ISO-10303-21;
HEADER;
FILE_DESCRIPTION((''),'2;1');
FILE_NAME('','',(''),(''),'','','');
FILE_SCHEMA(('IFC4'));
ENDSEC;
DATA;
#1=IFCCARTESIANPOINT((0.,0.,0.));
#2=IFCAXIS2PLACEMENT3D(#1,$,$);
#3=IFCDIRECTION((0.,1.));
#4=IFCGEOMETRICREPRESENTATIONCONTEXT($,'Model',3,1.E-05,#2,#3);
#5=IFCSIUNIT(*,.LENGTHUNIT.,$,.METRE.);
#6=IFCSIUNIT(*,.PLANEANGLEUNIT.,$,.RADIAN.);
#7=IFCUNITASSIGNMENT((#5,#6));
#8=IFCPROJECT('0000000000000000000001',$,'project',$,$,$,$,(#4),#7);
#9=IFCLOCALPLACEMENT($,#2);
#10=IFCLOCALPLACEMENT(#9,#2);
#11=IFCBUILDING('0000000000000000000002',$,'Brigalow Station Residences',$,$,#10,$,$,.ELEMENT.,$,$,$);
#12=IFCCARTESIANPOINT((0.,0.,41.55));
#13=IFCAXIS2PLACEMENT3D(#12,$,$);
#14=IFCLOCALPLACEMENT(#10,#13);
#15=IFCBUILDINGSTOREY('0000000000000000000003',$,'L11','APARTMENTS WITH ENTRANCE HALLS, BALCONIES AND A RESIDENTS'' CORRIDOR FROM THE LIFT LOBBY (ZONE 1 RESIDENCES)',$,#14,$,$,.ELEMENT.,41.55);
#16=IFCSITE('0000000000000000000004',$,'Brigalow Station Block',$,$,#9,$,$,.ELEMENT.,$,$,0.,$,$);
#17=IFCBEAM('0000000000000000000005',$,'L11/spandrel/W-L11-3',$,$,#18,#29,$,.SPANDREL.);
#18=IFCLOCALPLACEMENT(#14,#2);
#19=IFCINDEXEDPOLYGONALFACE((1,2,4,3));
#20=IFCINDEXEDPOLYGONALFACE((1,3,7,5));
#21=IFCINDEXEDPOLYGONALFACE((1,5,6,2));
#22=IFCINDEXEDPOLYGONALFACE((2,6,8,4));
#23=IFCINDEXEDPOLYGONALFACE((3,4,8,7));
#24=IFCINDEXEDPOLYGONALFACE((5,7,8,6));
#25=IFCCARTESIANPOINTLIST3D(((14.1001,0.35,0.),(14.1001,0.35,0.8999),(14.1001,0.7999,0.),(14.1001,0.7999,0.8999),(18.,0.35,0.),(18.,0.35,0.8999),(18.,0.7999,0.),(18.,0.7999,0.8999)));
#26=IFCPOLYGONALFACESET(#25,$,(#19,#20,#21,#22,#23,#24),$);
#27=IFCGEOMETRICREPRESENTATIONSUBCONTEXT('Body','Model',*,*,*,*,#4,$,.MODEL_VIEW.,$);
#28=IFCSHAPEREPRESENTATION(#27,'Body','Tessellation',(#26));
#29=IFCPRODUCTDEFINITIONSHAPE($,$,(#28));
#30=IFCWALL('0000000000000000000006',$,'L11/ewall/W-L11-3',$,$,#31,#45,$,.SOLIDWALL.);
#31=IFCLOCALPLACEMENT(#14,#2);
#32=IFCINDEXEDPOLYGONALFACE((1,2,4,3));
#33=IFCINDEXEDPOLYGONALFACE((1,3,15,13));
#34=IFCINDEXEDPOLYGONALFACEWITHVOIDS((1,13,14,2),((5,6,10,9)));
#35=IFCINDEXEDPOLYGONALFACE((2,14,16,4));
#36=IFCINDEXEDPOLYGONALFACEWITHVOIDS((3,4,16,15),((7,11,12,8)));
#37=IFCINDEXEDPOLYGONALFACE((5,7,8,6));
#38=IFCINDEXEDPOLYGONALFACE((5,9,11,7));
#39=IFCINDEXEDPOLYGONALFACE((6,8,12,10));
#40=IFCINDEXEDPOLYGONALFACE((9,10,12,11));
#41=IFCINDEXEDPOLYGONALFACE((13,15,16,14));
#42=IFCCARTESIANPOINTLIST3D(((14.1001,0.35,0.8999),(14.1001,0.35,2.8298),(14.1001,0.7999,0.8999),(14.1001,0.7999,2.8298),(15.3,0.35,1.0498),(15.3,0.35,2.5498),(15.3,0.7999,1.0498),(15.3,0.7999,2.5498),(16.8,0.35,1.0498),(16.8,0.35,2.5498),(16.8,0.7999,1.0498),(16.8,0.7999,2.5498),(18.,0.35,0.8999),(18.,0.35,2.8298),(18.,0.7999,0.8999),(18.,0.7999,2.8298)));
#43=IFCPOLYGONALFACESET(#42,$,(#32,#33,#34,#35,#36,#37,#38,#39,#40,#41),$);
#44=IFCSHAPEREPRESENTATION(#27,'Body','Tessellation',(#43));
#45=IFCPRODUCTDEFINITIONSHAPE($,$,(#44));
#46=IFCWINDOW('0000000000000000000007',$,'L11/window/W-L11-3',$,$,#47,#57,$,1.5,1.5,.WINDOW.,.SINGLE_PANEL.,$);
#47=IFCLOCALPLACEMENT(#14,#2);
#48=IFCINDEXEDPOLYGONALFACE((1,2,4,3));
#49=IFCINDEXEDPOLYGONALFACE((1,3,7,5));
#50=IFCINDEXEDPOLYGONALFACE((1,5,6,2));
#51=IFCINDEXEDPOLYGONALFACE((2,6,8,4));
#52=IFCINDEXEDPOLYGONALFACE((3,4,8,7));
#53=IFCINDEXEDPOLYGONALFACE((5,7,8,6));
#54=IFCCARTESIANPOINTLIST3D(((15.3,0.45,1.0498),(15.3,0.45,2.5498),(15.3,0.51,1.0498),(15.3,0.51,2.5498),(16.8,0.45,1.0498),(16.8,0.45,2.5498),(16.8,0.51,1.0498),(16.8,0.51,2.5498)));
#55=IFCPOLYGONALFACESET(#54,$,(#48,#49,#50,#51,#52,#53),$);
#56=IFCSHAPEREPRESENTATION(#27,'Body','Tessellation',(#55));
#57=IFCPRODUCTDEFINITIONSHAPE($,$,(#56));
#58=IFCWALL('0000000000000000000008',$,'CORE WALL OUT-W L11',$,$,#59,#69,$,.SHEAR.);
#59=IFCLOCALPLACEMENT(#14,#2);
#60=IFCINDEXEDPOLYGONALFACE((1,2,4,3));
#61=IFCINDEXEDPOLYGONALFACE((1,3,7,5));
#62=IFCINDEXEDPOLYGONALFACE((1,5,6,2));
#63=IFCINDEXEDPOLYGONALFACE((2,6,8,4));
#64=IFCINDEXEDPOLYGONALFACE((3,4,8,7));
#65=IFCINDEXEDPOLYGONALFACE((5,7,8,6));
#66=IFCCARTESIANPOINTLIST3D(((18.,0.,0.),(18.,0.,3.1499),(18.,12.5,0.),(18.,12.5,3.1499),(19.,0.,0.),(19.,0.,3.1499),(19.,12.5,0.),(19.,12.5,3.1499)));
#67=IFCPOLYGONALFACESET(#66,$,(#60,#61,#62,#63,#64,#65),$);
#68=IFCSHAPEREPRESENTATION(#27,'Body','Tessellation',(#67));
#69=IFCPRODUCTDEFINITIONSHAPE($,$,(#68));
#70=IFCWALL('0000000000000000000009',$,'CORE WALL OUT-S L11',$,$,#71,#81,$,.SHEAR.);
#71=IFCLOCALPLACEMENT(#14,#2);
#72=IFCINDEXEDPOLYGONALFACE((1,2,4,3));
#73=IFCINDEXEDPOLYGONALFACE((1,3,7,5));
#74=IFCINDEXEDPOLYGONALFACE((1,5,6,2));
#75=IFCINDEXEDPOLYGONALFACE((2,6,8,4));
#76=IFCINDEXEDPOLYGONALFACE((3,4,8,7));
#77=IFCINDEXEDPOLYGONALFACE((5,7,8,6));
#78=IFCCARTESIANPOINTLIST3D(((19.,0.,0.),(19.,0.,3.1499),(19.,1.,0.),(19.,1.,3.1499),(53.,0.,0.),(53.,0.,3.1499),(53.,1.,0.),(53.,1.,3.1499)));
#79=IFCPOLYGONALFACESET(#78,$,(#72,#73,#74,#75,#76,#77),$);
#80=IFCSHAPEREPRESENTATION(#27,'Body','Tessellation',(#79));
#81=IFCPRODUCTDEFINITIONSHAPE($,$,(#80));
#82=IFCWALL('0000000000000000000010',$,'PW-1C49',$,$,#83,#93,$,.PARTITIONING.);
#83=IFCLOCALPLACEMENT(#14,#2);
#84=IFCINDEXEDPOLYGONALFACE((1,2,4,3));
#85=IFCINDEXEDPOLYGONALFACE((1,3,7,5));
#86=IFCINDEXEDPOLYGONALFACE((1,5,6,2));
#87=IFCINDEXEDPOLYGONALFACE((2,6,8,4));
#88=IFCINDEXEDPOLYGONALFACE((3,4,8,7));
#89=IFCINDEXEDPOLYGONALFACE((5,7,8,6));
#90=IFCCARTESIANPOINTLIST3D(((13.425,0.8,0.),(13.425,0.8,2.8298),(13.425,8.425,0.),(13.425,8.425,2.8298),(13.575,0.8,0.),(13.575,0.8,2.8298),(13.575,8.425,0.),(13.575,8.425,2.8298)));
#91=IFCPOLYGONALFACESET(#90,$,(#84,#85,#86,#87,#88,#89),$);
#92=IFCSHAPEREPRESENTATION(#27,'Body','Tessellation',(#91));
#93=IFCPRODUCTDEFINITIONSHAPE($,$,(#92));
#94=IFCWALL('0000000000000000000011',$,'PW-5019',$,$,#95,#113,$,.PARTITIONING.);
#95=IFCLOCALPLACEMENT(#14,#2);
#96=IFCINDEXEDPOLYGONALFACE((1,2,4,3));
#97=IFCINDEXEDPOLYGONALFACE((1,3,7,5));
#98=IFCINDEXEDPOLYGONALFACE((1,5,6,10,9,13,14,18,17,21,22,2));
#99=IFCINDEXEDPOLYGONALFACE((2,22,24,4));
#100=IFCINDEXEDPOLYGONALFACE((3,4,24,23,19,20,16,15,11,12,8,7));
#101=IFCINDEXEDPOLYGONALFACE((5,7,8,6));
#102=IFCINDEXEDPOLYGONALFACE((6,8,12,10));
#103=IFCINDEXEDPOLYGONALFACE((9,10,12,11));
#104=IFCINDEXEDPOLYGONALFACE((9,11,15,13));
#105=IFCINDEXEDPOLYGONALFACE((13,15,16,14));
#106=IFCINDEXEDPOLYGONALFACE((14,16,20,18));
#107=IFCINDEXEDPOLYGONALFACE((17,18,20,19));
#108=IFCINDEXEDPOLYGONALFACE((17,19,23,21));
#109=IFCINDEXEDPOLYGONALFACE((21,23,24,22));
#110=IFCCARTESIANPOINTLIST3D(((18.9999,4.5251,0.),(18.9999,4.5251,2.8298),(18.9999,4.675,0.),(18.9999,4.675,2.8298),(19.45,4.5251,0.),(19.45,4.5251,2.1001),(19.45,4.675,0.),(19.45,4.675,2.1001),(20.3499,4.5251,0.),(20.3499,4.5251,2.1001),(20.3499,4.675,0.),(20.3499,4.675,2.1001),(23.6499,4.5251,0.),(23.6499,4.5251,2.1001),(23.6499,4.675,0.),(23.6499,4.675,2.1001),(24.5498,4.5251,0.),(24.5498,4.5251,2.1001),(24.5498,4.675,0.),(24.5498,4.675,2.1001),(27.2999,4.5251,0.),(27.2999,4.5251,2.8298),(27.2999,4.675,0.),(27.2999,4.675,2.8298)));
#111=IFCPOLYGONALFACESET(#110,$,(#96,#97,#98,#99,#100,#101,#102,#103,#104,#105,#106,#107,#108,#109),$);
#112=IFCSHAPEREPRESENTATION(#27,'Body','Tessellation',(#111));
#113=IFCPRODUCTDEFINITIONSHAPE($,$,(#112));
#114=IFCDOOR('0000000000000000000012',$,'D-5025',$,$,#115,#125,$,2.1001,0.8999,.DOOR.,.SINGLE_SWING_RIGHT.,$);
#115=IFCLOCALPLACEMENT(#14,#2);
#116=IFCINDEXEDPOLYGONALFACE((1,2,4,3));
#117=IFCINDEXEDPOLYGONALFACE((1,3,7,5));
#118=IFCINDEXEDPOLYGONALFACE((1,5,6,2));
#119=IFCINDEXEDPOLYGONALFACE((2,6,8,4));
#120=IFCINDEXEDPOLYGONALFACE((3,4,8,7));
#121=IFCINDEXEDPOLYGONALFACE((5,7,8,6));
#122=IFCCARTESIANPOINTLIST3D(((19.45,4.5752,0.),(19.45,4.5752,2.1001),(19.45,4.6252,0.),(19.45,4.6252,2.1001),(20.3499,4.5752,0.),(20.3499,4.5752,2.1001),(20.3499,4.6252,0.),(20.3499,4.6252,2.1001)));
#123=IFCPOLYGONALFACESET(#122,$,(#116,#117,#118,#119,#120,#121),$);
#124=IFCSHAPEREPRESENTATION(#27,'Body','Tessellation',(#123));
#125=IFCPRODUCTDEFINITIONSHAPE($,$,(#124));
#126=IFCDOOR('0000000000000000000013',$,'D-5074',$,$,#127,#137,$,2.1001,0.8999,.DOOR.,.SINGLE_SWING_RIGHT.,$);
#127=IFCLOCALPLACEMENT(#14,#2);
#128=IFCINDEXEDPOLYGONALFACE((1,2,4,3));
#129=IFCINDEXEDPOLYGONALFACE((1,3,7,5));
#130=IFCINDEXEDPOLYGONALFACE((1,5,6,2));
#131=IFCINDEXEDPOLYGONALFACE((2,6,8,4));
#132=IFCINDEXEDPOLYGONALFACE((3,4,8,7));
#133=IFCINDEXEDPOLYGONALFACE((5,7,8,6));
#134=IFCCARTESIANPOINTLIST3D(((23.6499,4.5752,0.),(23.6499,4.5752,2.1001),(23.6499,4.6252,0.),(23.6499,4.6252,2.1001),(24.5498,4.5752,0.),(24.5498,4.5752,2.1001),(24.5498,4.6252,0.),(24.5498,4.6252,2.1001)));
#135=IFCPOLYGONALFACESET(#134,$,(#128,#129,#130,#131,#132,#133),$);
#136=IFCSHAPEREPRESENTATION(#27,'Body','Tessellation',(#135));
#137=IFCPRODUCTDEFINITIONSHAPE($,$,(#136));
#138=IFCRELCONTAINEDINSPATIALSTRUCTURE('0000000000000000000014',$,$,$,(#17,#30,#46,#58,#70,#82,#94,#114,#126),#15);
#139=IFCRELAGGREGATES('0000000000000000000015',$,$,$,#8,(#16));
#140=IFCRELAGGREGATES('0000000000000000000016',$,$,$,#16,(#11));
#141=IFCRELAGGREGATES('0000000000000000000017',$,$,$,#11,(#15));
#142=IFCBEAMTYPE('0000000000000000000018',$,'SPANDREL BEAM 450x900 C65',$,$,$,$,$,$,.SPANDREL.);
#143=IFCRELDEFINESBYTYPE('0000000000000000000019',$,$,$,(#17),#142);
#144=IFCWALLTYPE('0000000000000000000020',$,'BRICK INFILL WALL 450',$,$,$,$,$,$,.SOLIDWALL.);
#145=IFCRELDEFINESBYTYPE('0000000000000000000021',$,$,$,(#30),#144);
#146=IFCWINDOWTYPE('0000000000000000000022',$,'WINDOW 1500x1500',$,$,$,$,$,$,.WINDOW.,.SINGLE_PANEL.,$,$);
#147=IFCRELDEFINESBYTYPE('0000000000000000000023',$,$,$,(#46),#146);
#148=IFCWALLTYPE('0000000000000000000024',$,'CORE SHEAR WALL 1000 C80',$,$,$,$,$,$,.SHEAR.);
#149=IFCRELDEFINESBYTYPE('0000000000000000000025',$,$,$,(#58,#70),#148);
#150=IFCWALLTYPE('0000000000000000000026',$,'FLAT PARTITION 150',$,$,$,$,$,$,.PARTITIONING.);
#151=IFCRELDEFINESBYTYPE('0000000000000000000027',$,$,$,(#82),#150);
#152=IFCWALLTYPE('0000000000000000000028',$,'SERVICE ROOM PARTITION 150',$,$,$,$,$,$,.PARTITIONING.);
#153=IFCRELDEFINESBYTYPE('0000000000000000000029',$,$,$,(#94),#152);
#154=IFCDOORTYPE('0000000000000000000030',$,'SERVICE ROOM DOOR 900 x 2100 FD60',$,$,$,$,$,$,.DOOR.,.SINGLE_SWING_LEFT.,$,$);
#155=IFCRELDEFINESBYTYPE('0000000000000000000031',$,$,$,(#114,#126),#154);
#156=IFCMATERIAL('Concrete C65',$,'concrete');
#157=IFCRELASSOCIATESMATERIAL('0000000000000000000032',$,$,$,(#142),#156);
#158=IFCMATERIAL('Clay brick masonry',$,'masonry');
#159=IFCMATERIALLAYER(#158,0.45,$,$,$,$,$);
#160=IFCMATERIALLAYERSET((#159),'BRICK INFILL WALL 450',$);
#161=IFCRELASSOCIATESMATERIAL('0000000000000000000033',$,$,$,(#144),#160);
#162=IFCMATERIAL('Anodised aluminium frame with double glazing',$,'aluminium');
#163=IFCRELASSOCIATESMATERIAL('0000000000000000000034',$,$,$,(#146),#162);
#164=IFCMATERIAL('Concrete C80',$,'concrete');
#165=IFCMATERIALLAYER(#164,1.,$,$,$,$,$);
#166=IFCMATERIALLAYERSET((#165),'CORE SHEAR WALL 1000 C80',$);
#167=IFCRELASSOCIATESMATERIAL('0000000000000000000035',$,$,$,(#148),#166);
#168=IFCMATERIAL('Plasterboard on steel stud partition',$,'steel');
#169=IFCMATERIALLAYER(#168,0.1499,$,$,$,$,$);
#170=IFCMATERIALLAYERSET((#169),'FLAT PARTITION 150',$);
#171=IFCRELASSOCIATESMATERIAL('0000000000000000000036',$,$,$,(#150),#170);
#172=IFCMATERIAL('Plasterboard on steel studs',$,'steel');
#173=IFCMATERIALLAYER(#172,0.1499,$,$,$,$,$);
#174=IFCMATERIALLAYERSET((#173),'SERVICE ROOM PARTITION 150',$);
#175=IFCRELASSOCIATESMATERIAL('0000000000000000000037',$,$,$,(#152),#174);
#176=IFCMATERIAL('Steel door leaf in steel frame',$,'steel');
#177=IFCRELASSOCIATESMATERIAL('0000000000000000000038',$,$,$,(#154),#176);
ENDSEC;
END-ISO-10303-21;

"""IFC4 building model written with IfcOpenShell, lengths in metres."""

from ifc_helpers import new_model, si_unit, direction, frame, frame_2d, origin, origin_2d, place, context, subcontext, project, spatial, rectangle, extrude, material, layer, layer_set, material_profile, profile_set, type_object, element, fill, save


model = new_model("IFC4")

# Units and contexts
model_context = context("Model", 3, precision=1e-05, world=origin(), true_north=direction((0.0, 1.0)))
body_context = subcontext(model_context, "Body", "Model", "MODEL_VIEW")
ifc_project = project(units=[si_unit("LENGTHUNIT", "METRE"), si_unit("PLANEANGLEUNIT", "RADIAN")], contexts=[model_context])

# Site, building, storey
site_placement = place(None, origin())
site = spatial("IfcSite", under=ifc_project, at=site_placement, Name="Brigalow Station Block", CompositionType="ELEMENT", RefElevation=0.0)
building_placement = place(site_placement, origin())
building = spatial("IfcBuilding", under=site, at=building_placement, Name="Brigalow Station Residences", CompositionType="ELEMENT")
storey_placement = place(building_placement, frame((0.0, 0.0, 41.55)))
storey = spatial("IfcBuildingStorey", under=building, at=storey_placement, Name="L11", Description="APARTMENTS WITH ENTRANCE HALLS, BALCONIES AND A RESIDENTS' CORRIDOR FROM THE LIFT LOBBY (ZONE 1 RESIDENCES)", CompositionType="ELEMENT", Elevation=41.55)

# Beam
ifc_material_1 = material(Name="Concrete C65", Category="concrete")
ifc_material_profile = material_profile(ifc_material_1, rectangle(XDim=0.45, YDim=0.8999, at=origin_2d()), Name="RC450x900")
ifc_profile_set = profile_set([ifc_material_profile], Name="Concrete C65")
beam_type = type_object("IfcBeamType", Name="SPANDREL BEAM 450x900 C65", PredefinedType="SPANDREL", material=ifc_profile_set)
beam_placement = place(storey_placement, frame((14.1001, 0.575, 0.45), z_axis=(1.0, 0.0, 0.0), x_axis=(0.0, 1.0, 0.0)))
element("IfcBeam", 1, at=beam_placement, inside=storey, type_object=beam_type, Name="L11/spandrel/W-L11-3", PredefinedType="SPANDREL", context=body_context, shape_type="SweptSolid", body=[
    extrude(rectangle(XDim=0.45, YDim=0.8999, at=origin_2d()), origin(), (0.0, 0.0, 1.0), 3.8999),
])

# Wall, opening, window
ifc_material_2 = material(Name="Clay brick masonry", Category="masonry")
ifc_layer_1 = layer(ifc_material_2, 0.45)
ifc_layer_set_1 = layer_set([ifc_layer_1], Name="BRICK INFILL WALL 450")
wall_type_1 = type_object("IfcWallType", Name="BRICK INFILL WALL 450", PredefinedType="SOLIDWALL", material=ifc_layer_set_1)
wall_1_placement = place(storey_placement, frame((14.1001, 0.575, 0.8999), z_axis=(0.0, 0.0, 1.0), x_axis=(1.0, 0.0, 0.0)))
wall_1 = element("IfcWall", 2, at=wall_1_placement, inside=storey, type_object=wall_type_1, Name="L11/ewall/W-L11-3", PredefinedType="SOLIDWALL", context=body_context, shape_type="SweptSolid", body=[
    extrude(rectangle(XDim=3.8999, YDim=0.45, at=frame_2d((1.95, 0.0))), origin(), (0.0, 0.0, 1.0), 1.9299),
])
opening_1_placement = place(wall_1_placement, frame((1.2, 0.0, 0.1499)))
opening_1 = element("IfcOpeningElement", 3, at=opening_1_placement, cuts=wall_1, PredefinedType="OPENING", context=body_context, shape_type="SweptSolid", body=[
    extrude(rectangle(XDim=1.5, YDim=1.5, at=frame_2d((0.75, 0.75))), frame((0.0, 0.2349, 0.0), z_axis=(0.0, -1.0, 0.0), x_axis=(1.0, 0.0, 0.0)), (0.0, 0.0, 1.0), 0.47),
])
ifc_material_3 = material(Name="Anodised aluminium frame with double glazing", Category="aluminium")
window_type = type_object("IfcWindowType", Name="WINDOW 1500x1500", PartitioningType="SINGLE_PANEL", PredefinedType="WINDOW", material=ifc_material_3)
window_placement = place(opening_1_placement, origin())
window = element("IfcWindow", 4, at=window_placement, inside=storey, type_object=window_type, Name="L11/window/W-L11-3", OverallHeight=1.5, OverallWidth=1.5, PartitioningType="SINGLE_PANEL", PredefinedType="WINDOW", context=body_context, shape_type="SweptSolid", body=[
    extrude(rectangle(XDim=1.5, YDim=1.5, at=frame_2d((0.75, 0.75))), frame((0.0, -0.0649, 0.0), z_axis=(0.0, -1.0, 0.0), x_axis=(1.0, 0.0, 0.0)), (0.0, 0.0, 1.0), 0.0601),
])
fill(opening_1, window)

# Walls
ifc_material_4 = material(Name="Concrete C80", Category="concrete")
ifc_layer_2 = layer(ifc_material_4, 1.0)
ifc_layer_set_2 = layer_set([ifc_layer_2], Name="CORE SHEAR WALL 1000 C80")
wall_type_2 = type_object("IfcWallType", Name="CORE SHEAR WALL 1000 C80", PredefinedType="SHEAR", material=ifc_layer_set_2)
wall_2_placement = place(storey_placement, frame((18.5, 0.0, 0.0), z_axis=(0.0, 0.0, 1.0), x_axis=(0.0, 1.0, 0.0)))
element("IfcWall", 5, at=wall_2_placement, inside=storey, type_object=wall_type_2, Name="CORE WALL OUT-W L11", PredefinedType="SHEAR", context=body_context, shape_type="SweptSolid", body=[
    extrude(rectangle(XDim=12.5, YDim=1.0, at=frame_2d((6.25, 0.0))), origin(), (0.0, 0.0, 1.0), 3.1499),
])
wall_3_placement = place(storey_placement, frame((19.0, 0.5, 0.0), z_axis=(0.0, 0.0, 1.0), x_axis=(1.0, 0.0, 0.0)))
element("IfcWall", 6, at=wall_3_placement, inside=storey, type_object=wall_type_2, Name="CORE WALL OUT-S L11", PredefinedType="SHEAR", context=body_context, shape_type="SweptSolid", body=[
    extrude(rectangle(XDim=34.0, YDim=1.0, at=frame_2d((17.0, 0.0))), origin(), (0.0, 0.0, 1.0), 3.1499),
])
ifc_material_5 = material(Name="Plasterboard on steel stud partition", Category="steel")
ifc_layer_3 = layer(ifc_material_5, 0.1499)
ifc_layer_set_3 = layer_set([ifc_layer_3], Name="FLAT PARTITION 150")
wall_type_3 = type_object("IfcWallType", Name="FLAT PARTITION 150", PredefinedType="PARTITIONING", material=ifc_layer_set_3)
wall_4_placement = place(storey_placement, frame((13.5, 0.8, 0.0), z_axis=(0.0, 0.0, 1.0), x_axis=(0.0, 1.0, 0.0)))
element("IfcWall", 7, at=wall_4_placement, inside=storey, type_object=wall_type_3, Name="PW-1C49", PredefinedType="PARTITIONING", context=body_context, shape_type="SweptSolid", body=[
    extrude(rectangle(XDim=7.625, YDim=0.1499, at=frame_2d((3.8125, 0.0))), origin(), (0.0, 0.0, 1.0), 2.8298),
])

# Wall, openings, doors
ifc_material_6 = material(Name="Plasterboard on steel studs", Category="steel")
ifc_layer_4 = layer(ifc_material_6, 0.1499)
ifc_layer_set_4 = layer_set([ifc_layer_4], Name="SERVICE ROOM PARTITION 150")
wall_type_4 = type_object("IfcWallType", Name="SERVICE ROOM PARTITION 150", PredefinedType="PARTITIONING", material=ifc_layer_set_4)
wall_5_placement = place(storey_placement, frame((19.0, 4.6001, 0.0), z_axis=(0.0, 0.0, 1.0), x_axis=(1.0, 0.0, 0.0)))
wall_5 = element("IfcWall", 8, at=wall_5_placement, inside=storey, type_object=wall_type_4, Name="PW-5019", PredefinedType="PARTITIONING", context=body_context, shape_type="SweptSolid", body=[
    extrude(rectangle(XDim=8.3, YDim=0.1499, at=frame_2d((4.1499, 0.0))), origin(), (0.0, 0.0, 1.0), 2.8298),
])
opening_2_placement = place(wall_5_placement, frame((0.45, 0.0, 0.0)))
opening_2 = element("IfcOpeningElement", 9, at=opening_2_placement, cuts=wall_5, PredefinedType="OPENING", context=body_context, shape_type="SweptSolid", body=[
    extrude(rectangle(XDim=0.8999, YDim=2.1001, at=frame_2d((0.45, 1.05))), frame((0.0, 0.085, 0.0), z_axis=(0.0, -1.0, 0.0), x_axis=(1.0, 0.0, 0.0)), (0.0, 0.0, 1.0), 0.1699),
])
opening_3_placement = place(wall_5_placement, frame((4.6499, 0.0, 0.0)))
opening_3 = element("IfcOpeningElement", 10, at=opening_3_placement, cuts=wall_5, PredefinedType="OPENING", context=body_context, shape_type="SweptSolid", body=[
    extrude(rectangle(XDim=0.8999, YDim=2.1001, at=frame_2d((0.45, 1.05))), frame((0.0, 0.085, 0.0), z_axis=(0.0, -1.0, 0.0), x_axis=(1.0, 0.0, 0.0)), (0.0, 0.0, 1.0), 0.1699),
])
ifc_material_7 = material(Name="Steel door leaf in steel frame", Category="steel")
door_type = type_object("IfcDoorType", Name="SERVICE ROOM DOOR 900 x 2100 FD60", OperationType="SINGLE_SWING_LEFT", PredefinedType="DOOR", material=ifc_material_7)
door_1_placement = place(opening_2_placement, frame((0.8999, 0.0, 0.0), z_axis=(0.0, 0.0, 1.0), x_axis=(-1.0, 0.0, 0.0)))
door_1 = element("IfcDoor", 11, at=door_1_placement, inside=storey, type_object=door_type, Name="D-5025", OperationType="SINGLE_SWING_RIGHT", OverallHeight=2.1001, OverallWidth=0.8999, PredefinedType="DOOR", context=body_context, shape_type="SweptSolid", body=[
    extrude(rectangle(XDim=0.8999, YDim=2.1001, at=frame_2d((0.45, 1.05))), frame((0.0, 0.0249, 0.0), z_axis=(0.0, -1.0, 0.0), x_axis=(1.0, 0.0, 0.0)), (0.0, 0.0, 1.0), 0.05),
])
fill(opening_2, door_1)
door_2_placement = place(opening_3_placement, frame((0.8999, 0.0, 0.0), z_axis=(0.0, 0.0, 1.0), x_axis=(-1.0, 0.0, 0.0)))
door_2 = element("IfcDoor", 12, at=door_2_placement, inside=storey, type_object=door_type, Name="D-5074", OperationType="SINGLE_SWING_RIGHT", OverallHeight=2.1001, OverallWidth=0.8999, PredefinedType="DOOR", context=body_context, shape_type="SweptSolid", body=[
    extrude(rectangle(XDim=0.8999, YDim=2.1001, at=frame_2d((0.45, 1.05))), frame((0.0, 0.0249, 0.0), z_axis=(0.0, -1.0, 0.0), x_axis=(1.0, 0.0, 0.0)), (0.0, 0.0, 1.0), 0.05),
])
fill(opening_3, door_2)

save(model, "model.ifc")
